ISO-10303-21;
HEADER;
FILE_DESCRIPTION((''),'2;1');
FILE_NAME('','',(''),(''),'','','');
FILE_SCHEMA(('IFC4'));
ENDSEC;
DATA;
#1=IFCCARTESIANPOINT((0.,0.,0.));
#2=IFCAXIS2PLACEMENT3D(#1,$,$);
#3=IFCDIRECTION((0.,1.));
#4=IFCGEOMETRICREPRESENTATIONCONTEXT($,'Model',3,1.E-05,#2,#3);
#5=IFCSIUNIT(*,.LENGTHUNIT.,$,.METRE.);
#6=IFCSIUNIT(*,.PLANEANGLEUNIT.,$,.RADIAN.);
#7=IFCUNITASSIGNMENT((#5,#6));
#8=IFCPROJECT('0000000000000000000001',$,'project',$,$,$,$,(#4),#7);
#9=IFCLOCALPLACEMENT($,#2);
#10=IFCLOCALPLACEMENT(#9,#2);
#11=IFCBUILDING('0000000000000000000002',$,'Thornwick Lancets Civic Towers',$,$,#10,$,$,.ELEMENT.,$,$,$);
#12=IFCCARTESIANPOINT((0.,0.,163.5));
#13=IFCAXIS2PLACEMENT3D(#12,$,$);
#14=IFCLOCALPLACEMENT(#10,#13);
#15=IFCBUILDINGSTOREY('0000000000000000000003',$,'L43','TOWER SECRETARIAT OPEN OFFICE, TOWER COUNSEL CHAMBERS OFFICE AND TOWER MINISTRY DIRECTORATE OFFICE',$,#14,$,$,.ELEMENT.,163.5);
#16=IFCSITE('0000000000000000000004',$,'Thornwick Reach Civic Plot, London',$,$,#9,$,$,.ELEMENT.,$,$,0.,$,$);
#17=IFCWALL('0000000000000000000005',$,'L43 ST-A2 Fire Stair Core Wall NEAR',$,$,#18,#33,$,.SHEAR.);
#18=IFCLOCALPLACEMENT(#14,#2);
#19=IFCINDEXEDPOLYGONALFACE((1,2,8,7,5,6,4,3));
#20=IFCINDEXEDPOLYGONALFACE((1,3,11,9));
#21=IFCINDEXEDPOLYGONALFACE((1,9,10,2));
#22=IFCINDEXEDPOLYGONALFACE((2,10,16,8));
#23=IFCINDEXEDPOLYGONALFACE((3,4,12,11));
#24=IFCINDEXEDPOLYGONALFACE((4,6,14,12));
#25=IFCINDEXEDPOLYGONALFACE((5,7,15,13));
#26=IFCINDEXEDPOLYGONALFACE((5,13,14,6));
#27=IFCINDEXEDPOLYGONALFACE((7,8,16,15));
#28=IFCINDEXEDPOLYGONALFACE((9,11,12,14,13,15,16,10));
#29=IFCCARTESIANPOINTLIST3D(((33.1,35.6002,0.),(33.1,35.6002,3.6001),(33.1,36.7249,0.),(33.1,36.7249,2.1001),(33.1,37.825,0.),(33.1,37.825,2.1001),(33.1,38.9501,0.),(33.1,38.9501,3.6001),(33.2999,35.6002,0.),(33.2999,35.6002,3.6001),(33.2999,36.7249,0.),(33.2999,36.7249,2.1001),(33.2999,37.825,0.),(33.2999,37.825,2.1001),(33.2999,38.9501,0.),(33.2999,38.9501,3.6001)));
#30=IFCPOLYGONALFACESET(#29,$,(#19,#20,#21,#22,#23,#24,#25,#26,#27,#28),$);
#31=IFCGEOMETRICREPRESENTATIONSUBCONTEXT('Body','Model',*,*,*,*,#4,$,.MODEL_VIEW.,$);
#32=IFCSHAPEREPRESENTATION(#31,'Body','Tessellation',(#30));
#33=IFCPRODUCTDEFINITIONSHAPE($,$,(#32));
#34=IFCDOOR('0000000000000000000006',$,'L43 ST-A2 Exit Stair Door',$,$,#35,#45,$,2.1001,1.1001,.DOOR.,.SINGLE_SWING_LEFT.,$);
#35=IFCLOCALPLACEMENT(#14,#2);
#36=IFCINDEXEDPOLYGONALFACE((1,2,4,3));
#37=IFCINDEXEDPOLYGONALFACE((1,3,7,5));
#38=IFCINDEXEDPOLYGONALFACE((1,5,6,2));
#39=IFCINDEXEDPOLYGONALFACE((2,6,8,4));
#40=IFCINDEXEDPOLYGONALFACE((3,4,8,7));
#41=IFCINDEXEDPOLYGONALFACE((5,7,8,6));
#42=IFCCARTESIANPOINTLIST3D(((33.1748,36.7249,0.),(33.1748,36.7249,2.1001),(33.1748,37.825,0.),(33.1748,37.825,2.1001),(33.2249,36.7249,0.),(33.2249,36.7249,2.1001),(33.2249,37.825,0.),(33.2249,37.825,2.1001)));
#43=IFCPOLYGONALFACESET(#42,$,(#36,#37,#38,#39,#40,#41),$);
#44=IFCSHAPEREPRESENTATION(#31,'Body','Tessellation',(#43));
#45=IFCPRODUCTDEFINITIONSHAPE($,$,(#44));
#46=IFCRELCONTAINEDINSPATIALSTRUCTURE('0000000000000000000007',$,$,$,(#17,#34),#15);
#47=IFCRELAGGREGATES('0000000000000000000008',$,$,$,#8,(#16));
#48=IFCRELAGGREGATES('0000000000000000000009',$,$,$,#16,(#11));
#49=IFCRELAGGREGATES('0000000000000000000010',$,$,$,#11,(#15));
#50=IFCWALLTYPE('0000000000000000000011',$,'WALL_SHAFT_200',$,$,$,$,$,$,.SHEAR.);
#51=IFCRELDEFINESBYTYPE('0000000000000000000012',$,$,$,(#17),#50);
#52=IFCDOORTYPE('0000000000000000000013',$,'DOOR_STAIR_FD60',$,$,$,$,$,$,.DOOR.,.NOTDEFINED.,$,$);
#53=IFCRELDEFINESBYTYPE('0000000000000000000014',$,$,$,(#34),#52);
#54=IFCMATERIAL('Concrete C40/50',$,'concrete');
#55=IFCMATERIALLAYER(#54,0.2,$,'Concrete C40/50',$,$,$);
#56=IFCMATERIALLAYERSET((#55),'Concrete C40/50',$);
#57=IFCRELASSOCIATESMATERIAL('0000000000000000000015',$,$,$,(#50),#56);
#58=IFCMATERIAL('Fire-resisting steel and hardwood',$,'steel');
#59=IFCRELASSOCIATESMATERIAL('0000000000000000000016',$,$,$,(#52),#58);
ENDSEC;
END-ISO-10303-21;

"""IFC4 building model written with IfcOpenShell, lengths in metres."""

from ifc_helpers import new_model, si_unit, direction, frame, frame_2d, origin, place, context, subcontext, project, spatial, rectangle, extrude, material, layer, layer_set, type_object, element, fill, save


model = new_model("IFC4")

# Units and contexts
model_context = context("Model", 3, precision=1e-05, world=origin(), true_north=direction((0.0, 1.0)))
body_context = subcontext(model_context, "Body", "Model", "MODEL_VIEW")
ifc_project = project(units=[si_unit("LENGTHUNIT", "METRE"), si_unit("PLANEANGLEUNIT", "RADIAN")], contexts=[model_context])

# Site, building, storey
site_placement = place(None, origin())
site = spatial("IfcSite", under=ifc_project, at=site_placement, Name="Thornwick Reach Civic Plot, London", CompositionType="ELEMENT", RefElevation=0.0)
building_placement = place(site_placement, origin())
building = spatial("IfcBuilding", under=site, at=building_placement, Name="Thornwick Lancets Civic Towers", CompositionType="ELEMENT")
storey_placement = place(building_placement, frame((0.0, 0.0, 163.5)))
storey = spatial("IfcBuildingStorey", under=building, at=storey_placement, Name="L43", Description="TOWER SECRETARIAT OPEN OFFICE, TOWER COUNSEL CHAMBERS OFFICE AND TOWER MINISTRY DIRECTORATE OFFICE", CompositionType="ELEMENT", Elevation=163.5)

# Wall, opening, door
ifc_material_1 = material(Name="Concrete C40/50", Category="concrete")
ifc_layer_1 = layer(ifc_material_1, 0.2, Name="Concrete C40/50")
ifc_layer_set_1 = layer_set([ifc_layer_1], Name="Concrete C40/50")
wall_type_1 = type_object("IfcWallType", Name="WALL_SHAFT_200", PredefinedType="SHEAR", material=ifc_layer_set_1)
wall_1_placement = place(storey_placement, frame((33.2, 38.95, 0.0), z_axis=(0.0, 0.0, 1.0), x_axis=(0.0, -1.0, 0.0)))
wall_1 = element("IfcWall", 1, at=wall_1_placement, inside=storey, type_object=wall_type_1, Name="L43 ST-A2 Fire Stair Core Wall NEAR", PredefinedType="SHEAR", context=body_context, shape_type="SweptSolid", body=[
    extrude(rectangle(XDim=3.3499, YDim=0.2, at=frame_2d((1.6748, 0.0))), origin(), (0.0, 0.0, 1.0), 3.6001),
])
opening_1_placement = place(wall_1_placement, frame((1.125, 0.0, 0.0)))
opening_1 = element("IfcOpeningElement", 2, at=opening_1_placement, cuts=wall_1, PredefinedType="OPENING", context=body_context, shape_type="SweptSolid", body=[
    extrude(rectangle(XDim=1.1001, YDim=2.1001, at=frame_2d((0.55, 1.05))), frame((0.0, 0.1099, 0.0), z_axis=(0.0, -1.0, 0.0), x_axis=(1.0, 0.0, 0.0)), (0.0, 0.0, 1.0), 0.22),
])
ifc_material_2 = material(Name="Fire-resisting steel and hardwood", Category="steel")
door_type = type_object("IfcDoorType", Name="DOOR_STAIR_FD60", OperationType="NOTDEFINED", PredefinedType="DOOR", material=ifc_material_2)
door_placement = place(opening_1_placement, origin())
door = element("IfcDoor", 3, at=door_placement, inside=storey, type_object=door_type, Name="L43 ST-A2 Exit Stair Door", OperationType="SINGLE_SWING_LEFT", OverallHeight=2.1001, OverallWidth=1.1001, PredefinedType="DOOR", context=body_context, shape_type="SweptSolid", body=[
    extrude(rectangle(XDim=1.1001, YDim=2.1001, at=frame_2d((0.55, 1.05))), frame((0.0, 0.0249, 0.0), z_axis=(0.0, -1.0, 0.0), x_axis=(1.0, 0.0, 0.0)), (0.0, 0.0, 1.0), 0.05),
])
fill(opening_1, door)

save(model, "model.ifc")
